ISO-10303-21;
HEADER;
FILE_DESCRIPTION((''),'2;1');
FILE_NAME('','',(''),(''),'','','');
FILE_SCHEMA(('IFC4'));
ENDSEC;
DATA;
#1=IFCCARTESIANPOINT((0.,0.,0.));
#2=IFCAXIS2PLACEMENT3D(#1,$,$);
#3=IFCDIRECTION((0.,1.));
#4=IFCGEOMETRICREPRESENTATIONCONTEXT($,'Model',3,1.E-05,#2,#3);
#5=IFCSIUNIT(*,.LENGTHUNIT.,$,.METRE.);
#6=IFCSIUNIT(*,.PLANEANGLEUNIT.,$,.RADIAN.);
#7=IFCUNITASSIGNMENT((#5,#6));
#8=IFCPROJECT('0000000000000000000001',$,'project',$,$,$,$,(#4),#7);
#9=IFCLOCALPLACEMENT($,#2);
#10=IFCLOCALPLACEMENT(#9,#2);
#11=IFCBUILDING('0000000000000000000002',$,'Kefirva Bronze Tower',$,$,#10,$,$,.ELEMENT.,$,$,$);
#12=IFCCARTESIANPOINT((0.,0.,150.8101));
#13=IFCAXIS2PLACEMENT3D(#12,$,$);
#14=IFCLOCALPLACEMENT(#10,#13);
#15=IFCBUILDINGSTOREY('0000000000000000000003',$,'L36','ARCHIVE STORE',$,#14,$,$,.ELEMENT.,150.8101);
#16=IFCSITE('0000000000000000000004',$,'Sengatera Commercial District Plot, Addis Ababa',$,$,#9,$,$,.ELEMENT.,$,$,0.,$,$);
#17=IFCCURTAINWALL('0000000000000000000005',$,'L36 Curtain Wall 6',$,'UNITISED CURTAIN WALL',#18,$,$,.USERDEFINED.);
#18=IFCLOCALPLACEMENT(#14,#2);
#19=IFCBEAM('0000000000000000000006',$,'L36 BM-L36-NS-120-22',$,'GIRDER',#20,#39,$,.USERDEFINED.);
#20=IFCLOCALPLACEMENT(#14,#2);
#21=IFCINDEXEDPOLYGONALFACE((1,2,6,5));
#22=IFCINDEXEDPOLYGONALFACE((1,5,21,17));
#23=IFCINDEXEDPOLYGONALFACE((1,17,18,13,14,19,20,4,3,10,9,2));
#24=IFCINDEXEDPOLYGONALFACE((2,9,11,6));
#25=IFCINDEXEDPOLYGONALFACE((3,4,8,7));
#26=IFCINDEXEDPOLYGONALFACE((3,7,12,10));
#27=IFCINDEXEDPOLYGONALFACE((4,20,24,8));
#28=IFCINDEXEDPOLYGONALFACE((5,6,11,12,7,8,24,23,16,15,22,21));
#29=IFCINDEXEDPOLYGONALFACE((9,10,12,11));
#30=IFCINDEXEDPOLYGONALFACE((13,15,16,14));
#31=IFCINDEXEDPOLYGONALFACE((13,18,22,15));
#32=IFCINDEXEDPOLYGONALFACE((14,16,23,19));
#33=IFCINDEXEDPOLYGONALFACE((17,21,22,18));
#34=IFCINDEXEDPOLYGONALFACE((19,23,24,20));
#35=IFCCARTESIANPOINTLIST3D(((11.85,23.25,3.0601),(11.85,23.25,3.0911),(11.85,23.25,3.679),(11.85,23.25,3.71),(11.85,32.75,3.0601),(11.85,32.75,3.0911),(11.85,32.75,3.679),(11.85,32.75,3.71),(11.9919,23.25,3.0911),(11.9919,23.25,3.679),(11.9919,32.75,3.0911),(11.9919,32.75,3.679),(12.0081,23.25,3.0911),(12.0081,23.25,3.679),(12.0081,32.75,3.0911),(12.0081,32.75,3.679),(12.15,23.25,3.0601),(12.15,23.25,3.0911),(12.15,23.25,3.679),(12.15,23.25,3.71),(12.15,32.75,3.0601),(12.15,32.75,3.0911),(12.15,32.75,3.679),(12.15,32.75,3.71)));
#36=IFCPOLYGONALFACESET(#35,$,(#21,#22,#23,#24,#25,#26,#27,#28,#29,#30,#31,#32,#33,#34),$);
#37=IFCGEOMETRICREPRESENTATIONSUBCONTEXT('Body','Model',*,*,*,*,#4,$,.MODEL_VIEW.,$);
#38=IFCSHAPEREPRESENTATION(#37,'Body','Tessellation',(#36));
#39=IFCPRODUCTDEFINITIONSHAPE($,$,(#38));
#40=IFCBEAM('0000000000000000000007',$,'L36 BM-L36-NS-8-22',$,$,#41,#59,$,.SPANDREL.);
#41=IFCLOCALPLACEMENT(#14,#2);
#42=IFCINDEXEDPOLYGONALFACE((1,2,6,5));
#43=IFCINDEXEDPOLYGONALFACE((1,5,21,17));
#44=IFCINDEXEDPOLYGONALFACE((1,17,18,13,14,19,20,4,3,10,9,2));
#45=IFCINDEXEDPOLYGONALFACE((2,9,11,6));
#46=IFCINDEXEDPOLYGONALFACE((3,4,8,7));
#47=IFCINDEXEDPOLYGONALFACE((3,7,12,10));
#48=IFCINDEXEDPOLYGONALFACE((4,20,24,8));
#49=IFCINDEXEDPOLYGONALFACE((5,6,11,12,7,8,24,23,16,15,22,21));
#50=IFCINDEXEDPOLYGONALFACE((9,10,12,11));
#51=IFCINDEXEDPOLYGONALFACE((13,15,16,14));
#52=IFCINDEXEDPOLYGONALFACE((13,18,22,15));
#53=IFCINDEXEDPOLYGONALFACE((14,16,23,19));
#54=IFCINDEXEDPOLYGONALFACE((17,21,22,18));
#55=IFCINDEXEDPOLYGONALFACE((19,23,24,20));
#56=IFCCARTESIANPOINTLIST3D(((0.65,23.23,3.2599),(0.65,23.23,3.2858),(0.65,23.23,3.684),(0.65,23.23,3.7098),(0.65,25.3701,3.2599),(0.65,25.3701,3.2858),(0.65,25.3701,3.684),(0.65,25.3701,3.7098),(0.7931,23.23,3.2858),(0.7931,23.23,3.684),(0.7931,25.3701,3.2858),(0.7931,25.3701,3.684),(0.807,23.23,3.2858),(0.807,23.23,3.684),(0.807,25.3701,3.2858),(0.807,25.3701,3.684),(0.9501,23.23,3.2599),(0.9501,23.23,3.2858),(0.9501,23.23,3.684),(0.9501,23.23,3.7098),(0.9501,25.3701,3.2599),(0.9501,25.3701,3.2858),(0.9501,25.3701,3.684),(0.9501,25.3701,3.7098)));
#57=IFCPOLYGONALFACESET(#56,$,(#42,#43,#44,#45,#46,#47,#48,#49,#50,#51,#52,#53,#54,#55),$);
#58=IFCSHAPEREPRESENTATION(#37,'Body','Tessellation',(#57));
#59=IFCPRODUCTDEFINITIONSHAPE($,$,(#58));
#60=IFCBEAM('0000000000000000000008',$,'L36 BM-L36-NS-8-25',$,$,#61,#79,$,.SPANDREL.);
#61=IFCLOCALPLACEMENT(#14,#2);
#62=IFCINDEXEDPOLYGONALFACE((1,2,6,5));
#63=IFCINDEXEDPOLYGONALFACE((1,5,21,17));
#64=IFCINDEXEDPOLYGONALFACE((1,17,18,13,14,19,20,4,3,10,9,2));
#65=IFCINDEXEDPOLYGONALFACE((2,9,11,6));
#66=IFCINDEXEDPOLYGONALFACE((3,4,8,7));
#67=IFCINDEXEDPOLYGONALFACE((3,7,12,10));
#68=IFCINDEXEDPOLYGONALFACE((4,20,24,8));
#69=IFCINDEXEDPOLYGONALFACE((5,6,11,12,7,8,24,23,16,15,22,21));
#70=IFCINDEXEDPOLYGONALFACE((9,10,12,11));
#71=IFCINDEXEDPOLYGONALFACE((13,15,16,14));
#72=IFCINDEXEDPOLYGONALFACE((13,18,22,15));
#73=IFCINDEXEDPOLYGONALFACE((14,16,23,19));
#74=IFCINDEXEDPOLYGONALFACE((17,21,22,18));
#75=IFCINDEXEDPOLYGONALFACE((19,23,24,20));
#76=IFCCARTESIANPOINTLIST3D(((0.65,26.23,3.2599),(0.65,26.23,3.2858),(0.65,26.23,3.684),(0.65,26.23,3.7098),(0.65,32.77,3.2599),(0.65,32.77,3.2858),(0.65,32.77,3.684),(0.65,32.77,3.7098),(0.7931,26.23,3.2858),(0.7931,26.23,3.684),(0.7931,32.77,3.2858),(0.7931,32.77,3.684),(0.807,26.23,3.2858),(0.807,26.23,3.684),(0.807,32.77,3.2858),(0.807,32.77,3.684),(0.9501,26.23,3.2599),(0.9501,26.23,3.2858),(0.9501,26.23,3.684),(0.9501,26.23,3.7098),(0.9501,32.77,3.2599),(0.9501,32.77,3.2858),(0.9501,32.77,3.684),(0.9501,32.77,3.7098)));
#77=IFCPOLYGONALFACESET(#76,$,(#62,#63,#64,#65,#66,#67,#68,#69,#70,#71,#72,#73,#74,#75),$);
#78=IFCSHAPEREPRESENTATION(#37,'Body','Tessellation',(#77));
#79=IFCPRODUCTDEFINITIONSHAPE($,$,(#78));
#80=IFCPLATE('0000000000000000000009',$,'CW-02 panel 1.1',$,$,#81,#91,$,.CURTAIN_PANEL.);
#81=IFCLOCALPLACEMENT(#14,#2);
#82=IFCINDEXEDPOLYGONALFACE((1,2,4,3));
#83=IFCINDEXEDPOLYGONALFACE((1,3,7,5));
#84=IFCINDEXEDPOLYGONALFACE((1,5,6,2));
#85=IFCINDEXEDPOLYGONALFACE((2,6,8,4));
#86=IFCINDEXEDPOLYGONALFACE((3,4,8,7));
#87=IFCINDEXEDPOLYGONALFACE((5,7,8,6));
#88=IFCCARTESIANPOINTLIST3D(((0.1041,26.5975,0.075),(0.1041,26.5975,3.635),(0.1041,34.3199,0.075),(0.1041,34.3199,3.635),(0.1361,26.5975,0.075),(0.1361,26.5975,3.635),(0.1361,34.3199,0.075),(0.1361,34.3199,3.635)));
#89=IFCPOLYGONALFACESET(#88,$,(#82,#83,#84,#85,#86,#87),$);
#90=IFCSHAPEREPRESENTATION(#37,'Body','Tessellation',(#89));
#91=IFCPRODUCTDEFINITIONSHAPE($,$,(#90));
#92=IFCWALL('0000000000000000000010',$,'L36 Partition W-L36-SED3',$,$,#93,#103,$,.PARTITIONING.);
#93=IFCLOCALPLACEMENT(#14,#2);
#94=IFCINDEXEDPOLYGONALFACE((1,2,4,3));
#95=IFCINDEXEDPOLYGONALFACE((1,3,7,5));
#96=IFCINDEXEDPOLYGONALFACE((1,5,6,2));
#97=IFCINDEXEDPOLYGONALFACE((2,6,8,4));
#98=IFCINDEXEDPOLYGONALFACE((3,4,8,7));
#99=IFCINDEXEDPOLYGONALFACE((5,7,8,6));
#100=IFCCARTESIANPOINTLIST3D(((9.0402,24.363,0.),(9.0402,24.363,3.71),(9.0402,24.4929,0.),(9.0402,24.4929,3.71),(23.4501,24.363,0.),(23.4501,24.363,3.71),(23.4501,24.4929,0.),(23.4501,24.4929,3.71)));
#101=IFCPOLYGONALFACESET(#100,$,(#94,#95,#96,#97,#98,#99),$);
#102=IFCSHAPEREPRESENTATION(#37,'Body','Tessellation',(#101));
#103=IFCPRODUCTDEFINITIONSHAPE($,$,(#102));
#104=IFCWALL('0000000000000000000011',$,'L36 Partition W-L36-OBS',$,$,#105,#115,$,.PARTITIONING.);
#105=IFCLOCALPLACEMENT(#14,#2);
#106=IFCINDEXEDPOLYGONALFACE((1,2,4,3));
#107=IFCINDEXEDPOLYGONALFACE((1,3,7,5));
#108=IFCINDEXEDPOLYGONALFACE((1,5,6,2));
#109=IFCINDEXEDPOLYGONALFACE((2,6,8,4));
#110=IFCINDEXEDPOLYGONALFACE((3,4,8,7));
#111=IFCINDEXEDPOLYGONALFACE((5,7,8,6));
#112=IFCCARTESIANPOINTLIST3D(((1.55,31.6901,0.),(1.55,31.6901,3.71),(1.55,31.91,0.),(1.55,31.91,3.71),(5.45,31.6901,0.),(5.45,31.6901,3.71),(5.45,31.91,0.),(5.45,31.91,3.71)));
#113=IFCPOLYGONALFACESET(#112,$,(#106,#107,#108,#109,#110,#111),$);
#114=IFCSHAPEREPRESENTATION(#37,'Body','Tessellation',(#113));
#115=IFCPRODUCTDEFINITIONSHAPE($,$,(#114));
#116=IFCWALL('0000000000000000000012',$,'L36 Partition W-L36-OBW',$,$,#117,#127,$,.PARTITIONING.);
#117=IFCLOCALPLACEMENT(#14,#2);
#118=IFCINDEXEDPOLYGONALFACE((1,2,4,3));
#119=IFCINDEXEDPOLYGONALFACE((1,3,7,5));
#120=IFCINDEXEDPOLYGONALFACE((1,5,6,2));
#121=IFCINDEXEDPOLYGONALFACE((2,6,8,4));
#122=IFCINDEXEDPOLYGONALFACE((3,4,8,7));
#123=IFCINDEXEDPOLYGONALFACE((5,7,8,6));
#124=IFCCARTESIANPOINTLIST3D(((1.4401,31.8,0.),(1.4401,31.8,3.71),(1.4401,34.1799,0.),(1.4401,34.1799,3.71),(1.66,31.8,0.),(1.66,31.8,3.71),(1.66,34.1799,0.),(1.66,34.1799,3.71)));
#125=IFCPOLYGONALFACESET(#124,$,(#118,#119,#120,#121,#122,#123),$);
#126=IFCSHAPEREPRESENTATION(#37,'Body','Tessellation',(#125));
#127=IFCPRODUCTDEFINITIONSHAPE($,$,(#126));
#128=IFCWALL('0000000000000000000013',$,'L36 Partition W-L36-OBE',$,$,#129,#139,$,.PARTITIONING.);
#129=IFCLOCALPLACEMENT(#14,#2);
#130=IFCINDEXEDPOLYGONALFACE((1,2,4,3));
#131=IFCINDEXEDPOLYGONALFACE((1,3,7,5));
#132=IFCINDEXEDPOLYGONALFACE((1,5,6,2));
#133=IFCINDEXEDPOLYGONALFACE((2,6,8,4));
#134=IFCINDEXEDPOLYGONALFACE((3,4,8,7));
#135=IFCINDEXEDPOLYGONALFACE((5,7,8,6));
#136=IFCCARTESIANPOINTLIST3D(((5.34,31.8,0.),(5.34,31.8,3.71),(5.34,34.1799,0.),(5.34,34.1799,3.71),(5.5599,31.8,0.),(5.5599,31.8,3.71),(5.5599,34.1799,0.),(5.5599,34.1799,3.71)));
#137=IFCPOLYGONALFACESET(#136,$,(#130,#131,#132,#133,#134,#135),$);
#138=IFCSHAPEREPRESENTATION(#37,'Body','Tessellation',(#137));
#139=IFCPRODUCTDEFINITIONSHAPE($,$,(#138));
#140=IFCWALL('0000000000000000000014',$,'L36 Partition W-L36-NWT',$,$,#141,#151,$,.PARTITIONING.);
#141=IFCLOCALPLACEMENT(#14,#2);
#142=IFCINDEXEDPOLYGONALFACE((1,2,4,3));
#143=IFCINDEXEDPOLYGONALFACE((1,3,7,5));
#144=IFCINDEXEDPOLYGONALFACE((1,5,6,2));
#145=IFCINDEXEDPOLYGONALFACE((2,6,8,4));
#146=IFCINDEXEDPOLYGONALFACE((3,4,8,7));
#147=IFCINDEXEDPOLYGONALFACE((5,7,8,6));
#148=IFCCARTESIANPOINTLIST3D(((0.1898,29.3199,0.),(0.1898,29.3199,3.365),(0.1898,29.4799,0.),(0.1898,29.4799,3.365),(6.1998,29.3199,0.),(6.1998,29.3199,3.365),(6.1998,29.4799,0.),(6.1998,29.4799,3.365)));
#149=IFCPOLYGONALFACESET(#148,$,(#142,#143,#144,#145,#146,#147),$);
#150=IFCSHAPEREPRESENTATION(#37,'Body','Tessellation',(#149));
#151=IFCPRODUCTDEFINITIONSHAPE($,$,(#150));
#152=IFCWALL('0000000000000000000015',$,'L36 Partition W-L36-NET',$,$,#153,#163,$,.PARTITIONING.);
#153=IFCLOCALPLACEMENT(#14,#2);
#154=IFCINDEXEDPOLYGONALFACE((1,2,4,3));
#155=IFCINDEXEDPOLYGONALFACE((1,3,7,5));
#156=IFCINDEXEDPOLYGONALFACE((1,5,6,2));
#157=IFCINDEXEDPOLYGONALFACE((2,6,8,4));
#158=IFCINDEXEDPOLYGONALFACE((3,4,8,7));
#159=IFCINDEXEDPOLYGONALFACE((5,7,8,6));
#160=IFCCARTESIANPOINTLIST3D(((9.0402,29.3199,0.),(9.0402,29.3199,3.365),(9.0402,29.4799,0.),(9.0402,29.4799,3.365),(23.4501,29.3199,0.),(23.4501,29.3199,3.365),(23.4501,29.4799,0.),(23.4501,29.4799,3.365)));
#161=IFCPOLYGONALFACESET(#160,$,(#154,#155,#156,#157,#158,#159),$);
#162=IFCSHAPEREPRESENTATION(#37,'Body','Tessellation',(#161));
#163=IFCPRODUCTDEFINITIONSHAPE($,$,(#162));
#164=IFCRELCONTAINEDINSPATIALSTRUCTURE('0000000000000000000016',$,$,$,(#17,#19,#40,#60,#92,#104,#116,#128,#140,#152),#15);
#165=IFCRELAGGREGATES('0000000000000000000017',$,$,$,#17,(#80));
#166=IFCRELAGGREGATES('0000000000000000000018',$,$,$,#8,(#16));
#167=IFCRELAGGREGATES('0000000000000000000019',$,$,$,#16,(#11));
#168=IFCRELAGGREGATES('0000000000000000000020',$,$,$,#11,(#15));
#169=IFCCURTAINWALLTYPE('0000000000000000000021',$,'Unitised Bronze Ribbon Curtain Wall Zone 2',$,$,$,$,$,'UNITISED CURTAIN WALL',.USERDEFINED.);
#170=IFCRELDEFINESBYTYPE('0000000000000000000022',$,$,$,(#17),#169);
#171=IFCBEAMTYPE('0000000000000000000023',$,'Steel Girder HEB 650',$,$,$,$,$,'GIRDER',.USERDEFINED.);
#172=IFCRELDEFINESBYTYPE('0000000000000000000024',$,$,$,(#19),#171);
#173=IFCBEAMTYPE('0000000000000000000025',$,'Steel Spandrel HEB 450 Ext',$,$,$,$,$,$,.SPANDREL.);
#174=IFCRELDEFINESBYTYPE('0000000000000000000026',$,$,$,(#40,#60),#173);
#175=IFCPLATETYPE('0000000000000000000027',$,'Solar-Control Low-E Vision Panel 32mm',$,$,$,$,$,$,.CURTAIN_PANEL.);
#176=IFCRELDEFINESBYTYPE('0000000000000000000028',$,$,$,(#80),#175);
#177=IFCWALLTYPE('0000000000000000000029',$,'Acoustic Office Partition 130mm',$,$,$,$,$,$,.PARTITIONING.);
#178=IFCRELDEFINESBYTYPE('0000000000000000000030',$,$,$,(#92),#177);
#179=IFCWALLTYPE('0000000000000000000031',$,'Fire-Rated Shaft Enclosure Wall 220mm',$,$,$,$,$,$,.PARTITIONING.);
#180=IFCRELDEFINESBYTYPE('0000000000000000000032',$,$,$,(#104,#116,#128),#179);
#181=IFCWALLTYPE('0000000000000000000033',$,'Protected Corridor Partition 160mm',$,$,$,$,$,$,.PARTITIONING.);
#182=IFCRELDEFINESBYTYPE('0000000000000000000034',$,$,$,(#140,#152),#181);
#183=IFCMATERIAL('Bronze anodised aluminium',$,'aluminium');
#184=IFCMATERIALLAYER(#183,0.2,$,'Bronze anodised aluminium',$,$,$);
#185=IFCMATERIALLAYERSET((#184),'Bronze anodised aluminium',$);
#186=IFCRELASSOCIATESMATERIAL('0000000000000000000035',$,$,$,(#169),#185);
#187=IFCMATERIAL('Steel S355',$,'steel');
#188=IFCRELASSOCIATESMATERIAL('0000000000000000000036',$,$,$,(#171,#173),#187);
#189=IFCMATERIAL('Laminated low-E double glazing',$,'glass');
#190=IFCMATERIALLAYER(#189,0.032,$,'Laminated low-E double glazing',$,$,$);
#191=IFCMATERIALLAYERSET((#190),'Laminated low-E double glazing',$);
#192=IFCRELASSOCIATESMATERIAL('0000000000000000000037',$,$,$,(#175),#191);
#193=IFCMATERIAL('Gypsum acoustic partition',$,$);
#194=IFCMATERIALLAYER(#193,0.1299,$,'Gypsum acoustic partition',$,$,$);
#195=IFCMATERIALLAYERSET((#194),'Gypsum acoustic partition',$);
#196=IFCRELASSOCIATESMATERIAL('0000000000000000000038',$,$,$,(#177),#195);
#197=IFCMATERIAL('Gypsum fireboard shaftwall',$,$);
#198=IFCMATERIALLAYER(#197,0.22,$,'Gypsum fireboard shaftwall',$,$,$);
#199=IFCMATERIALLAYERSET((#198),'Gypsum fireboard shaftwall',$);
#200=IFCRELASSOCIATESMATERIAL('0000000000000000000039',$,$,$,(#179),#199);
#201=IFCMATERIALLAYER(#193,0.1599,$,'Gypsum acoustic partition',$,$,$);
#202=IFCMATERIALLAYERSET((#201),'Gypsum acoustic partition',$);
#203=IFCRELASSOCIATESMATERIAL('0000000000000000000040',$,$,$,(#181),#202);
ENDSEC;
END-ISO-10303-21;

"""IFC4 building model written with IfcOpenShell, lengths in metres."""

from ifc_helpers import new_model, si_unit, direction, frame, frame_2d, origin, origin_2d, place, context, subcontext, project, spatial, rectangle, i_section, extrude, material, layer, layer_set, material_profile, profile_set, type_object, element, aggregate, save


model = new_model("IFC4")

# Units and contexts
model_context = context("Model", 3, precision=1e-05, world=origin(), true_north=direction((0.0, 1.0)))
body_context = subcontext(model_context, "Body", "Model", "MODEL_VIEW")
ifc_project = project(units=[si_unit("LENGTHUNIT", "METRE"), si_unit("PLANEANGLEUNIT", "RADIAN")], contexts=[model_context])

# Site, building, storey
site_placement = place(None, origin())
site = spatial("IfcSite", under=ifc_project, at=site_placement, Name="Sengatera Commercial District Plot, Addis Ababa", CompositionType="ELEMENT", RefElevation=0.0)
building_placement = place(site_placement, origin())
building = spatial("IfcBuilding", under=site, at=building_placement, Name="Kefirva Bronze Tower", CompositionType="ELEMENT")
storey_placement = place(building_placement, frame((0.0, 0.0, 150.8101)))
storey = spatial("IfcBuildingStorey", under=building, at=storey_placement, Name="L36", Description="ARCHIVE STORE", CompositionType="ELEMENT", Elevation=150.8101)

# Curtain wall
ifc_material_1 = material(Name="Bronze anodised aluminium", Category="aluminium")
ifc_layer_1 = layer(ifc_material_1, 0.2, Name="Bronze anodised aluminium")
ifc_layer_set_1 = layer_set([ifc_layer_1], Name="Bronze anodised aluminium")
curtain_wall_type = type_object("IfcCurtainWallType", Name="Unitised Bronze Ribbon Curtain Wall Zone 2", ElementType="UNITISED CURTAIN WALL", PredefinedType="USERDEFINED", material=ifc_layer_set_1)
curtain_wall_placement = place(storey_placement, origin())
curtain_wall = element("IfcCurtainWall", 1, at=curtain_wall_placement, inside=storey, type_object=curtain_wall_type, Name="L36 Curtain Wall 6", ObjectType="UNITISED CURTAIN WALL", PredefinedType="USERDEFINED")

# Beams
ifc_material_2 = material(Name="Steel S355", Category="steel")
ifc_material_profile_1 = material_profile(ifc_material_2, i_section(OverallWidth=0.3, OverallDepth=0.6499, WebThickness=0.0161, FlangeThickness=0.031, at=origin_2d()), Name="HEB 650")
ifc_profile_set_1 = profile_set([ifc_material_profile_1], Name="Steel S355")
beam_type_1 = type_object("IfcBeamType", Name="Steel Girder HEB 650", ElementType="GIRDER", PredefinedType="USERDEFINED", material=ifc_profile_set_1)
beam_1_placement = place(storey_placement, frame((12.0, 23.25, 3.385), z_axis=(0.0, 1.0, 0.0), x_axis=(-1.0, 0.0, 0.0)))
element("IfcBeam", 2, at=beam_1_placement, inside=storey, type_object=beam_type_1, Name="L36 BM-L36-NS-120-22", ObjectType="GIRDER", PredefinedType="USERDEFINED", context=body_context, shape_type="SweptSolid", body=[
    extrude(i_section(OverallWidth=0.3, OverallDepth=0.6499, WebThickness=0.0161, FlangeThickness=0.031, at=origin_2d()), origin(), (0.0, 0.0, 1.0), 9.5),
])
ifc_material_profile_2 = material_profile(ifc_material_2, i_section(OverallWidth=0.3, OverallDepth=0.45, WebThickness=0.0139, FlangeThickness=0.0259, at=origin_2d()), Name="HEB 450")
ifc_profile_set_2 = profile_set([ifc_material_profile_2], Name="Steel S355")
beam_type_2 = type_object("IfcBeamType", Name="Steel Spandrel HEB 450 Ext", PredefinedType="SPANDREL", material=ifc_profile_set_2)
beam_2_placement = place(storey_placement, frame((0.8, 23.23, 3.4849), z_axis=(0.0, 1.0, 0.0), x_axis=(-1.0, 0.0, 0.0)))
element("IfcBeam", 3, at=beam_2_placement, inside=storey, type_object=beam_type_2, Name="L36 BM-L36-NS-8-22", PredefinedType="SPANDREL", context=body_context, shape_type="SweptSolid", body=[
    extrude(i_section(OverallWidth=0.3, OverallDepth=0.45, WebThickness=0.0139, FlangeThickness=0.0259, at=origin_2d()), origin(), (0.0, 0.0, 1.0), 2.1401),
])
beam_3_placement = place(storey_placement, frame((0.8, 26.23, 3.4849), z_axis=(0.0, 1.0, 0.0), x_axis=(-1.0, 0.0, 0.0)))
element("IfcBeam", 4, at=beam_3_placement, inside=storey, type_object=beam_type_2, Name="L36 BM-L36-NS-8-25", PredefinedType="SPANDREL", context=body_context, shape_type="SweptSolid", body=[
    extrude(i_section(OverallWidth=0.3, OverallDepth=0.45, WebThickness=0.0139, FlangeThickness=0.0259, at=origin_2d()), origin(), (0.0, 0.0, 1.0), 6.54),
])

# Plate
ifc_material_3 = material(Name="Laminated low-E double glazing", Category="glass")
ifc_layer_2 = layer(ifc_material_3, 0.032, Name="Laminated low-E double glazing")
ifc_layer_set_2 = layer_set([ifc_layer_2], Name="Laminated low-E double glazing")
plate_type = type_object("IfcPlateType", Name="Solar-Control Low-E Vision Panel 32mm", PredefinedType="CURTAIN_PANEL", material=ifc_layer_set_2)
plate_placement = place(storey_placement, frame((0.1201, 30.4587, 0.075), z_axis=(0.0, 0.0, 1.0), x_axis=(0.0, -1.0, 0.0)))
plate = element("IfcPlate", 5, at=plate_placement, type_object=plate_type, Name="CW-02 panel 1.1", PredefinedType="CURTAIN_PANEL", context=body_context, shape_type="SweptSolid", body=[
    extrude(rectangle(XDim=7.7224, YDim=0.032, at=origin_2d()), origin(), (0.0, 0.0, 1.0), 3.5601),
])
aggregate(curtain_wall, [plate])

# Walls
ifc_material_4 = material(Name="Gypsum acoustic partition")
ifc_layer_3 = layer(ifc_material_4, 0.1299, Name="Gypsum acoustic partition")
ifc_layer_set_3 = layer_set([ifc_layer_3], Name="Gypsum acoustic partition")
wall_type_1 = type_object("IfcWallType", Name="Acoustic Office Partition 130mm", PredefinedType="PARTITIONING", material=ifc_layer_set_3)
wall_1_placement = place(storey_placement, frame((9.04, 24.428, 0.0), z_axis=(0.0, 0.0, 1.0), x_axis=(1.0, 0.0, 0.0)))
element("IfcWall", 6, at=wall_1_placement, inside=storey, type_object=wall_type_1, Name="L36 Partition W-L36-SED3", PredefinedType="PARTITIONING", context=body_context, shape_type="SweptSolid", body=[
    extrude(rectangle(XDim=14.4099, YDim=0.1299, at=frame_2d((7.2051, 0.0))), origin(), (0.0, 0.0, 1.0), 3.71),
])
ifc_material_5 = material(Name="Gypsum fireboard shaftwall")
ifc_layer_4 = layer(ifc_material_5, 0.22, Name="Gypsum fireboard shaftwall")
ifc_layer_set_4 = layer_set([ifc_layer_4], Name="Gypsum fireboard shaftwall")
wall_type_2 = type_object("IfcWallType", Name="Fire-Rated Shaft Enclosure Wall 220mm", PredefinedType="PARTITIONING", material=ifc_layer_set_4)
wall_2_placement = place(storey_placement, frame((1.55, 31.8, 0.0), z_axis=(0.0, 0.0, 1.0), x_axis=(1.0, 0.0, 0.0)))
element("IfcWall", 7, at=wall_2_placement, inside=storey, type_object=wall_type_2, Name="L36 Partition W-L36-OBS", PredefinedType="PARTITIONING", context=body_context, shape_type="SweptSolid", body=[
    extrude(rectangle(XDim=3.8999, YDim=0.22, at=frame_2d((1.95, 0.0))), origin(), (0.0, 0.0, 1.0), 3.71),
])
for number, where, z_axis, x_axis, name in (
    (8, (1.55, 31.8, 0.0), (0.0, 0.0, 1.0), (0.0, 1.0, 0.0), "L36 Partition W-L36-OBW"),
    (9, (5.45, 31.8, 0.0), (0.0, 0.0, 1.0), (0.0, 1.0, 0.0), "L36 Partition W-L36-OBE"),
):
    element("IfcWall", number, at=place(storey_placement, frame(where, z_axis=z_axis, x_axis=x_axis)), inside=storey, type_object=wall_type_2, Name=name, PredefinedType="PARTITIONING", context=body_context, shape_type="SweptSolid", body=[
        extrude(rectangle(XDim=2.3799, YDim=0.22, at=frame_2d((1.1899, 0.0))), origin(), (0.0, 0.0, 1.0), 3.71),
    ])
ifc_layer_5 = layer(ifc_material_4, 0.1599, Name="Gypsum acoustic partition")
ifc_layer_set_5 = layer_set([ifc_layer_5], Name="Gypsum acoustic partition")
wall_type_3 = type_object("IfcWallType", Name="Protected Corridor Partition 160mm", PredefinedType="PARTITIONING", material=ifc_layer_set_5)
wall_3_placement = place(storey_placement, frame((0.1899, 29.3999, 0.0), z_axis=(0.0, 0.0, 1.0), x_axis=(1.0, 0.0, 0.0)))
element("IfcWall", 10, at=wall_3_placement, inside=storey, type_object=wall_type_3, Name="L36 Partition W-L36-NWT", PredefinedType="PARTITIONING", context=body_context, shape_type="SweptSolid", body=[
    extrude(rectangle(XDim=6.01, YDim=0.1599, at=frame_2d((3.0049, 0.0))), origin(), (0.0, 0.0, 1.0), 3.365),
])
wall_4_placement = place(storey_placement, frame((9.04, 29.3999, 0.0), z_axis=(0.0, 0.0, 1.0), x_axis=(1.0, 0.0, 0.0)))
element("IfcWall", 11, at=wall_4_placement, inside=storey, type_object=wall_type_3, Name="L36 Partition W-L36-NET", PredefinedType="PARTITIONING", context=body_context, shape_type="SweptSolid", body=[
    extrude(rectangle(XDim=14.4099, YDim=0.1599, at=frame_2d((7.2051, 0.0))), origin(), (0.0, 0.0, 1.0), 3.365),
])

save(model, "model.ifc")
